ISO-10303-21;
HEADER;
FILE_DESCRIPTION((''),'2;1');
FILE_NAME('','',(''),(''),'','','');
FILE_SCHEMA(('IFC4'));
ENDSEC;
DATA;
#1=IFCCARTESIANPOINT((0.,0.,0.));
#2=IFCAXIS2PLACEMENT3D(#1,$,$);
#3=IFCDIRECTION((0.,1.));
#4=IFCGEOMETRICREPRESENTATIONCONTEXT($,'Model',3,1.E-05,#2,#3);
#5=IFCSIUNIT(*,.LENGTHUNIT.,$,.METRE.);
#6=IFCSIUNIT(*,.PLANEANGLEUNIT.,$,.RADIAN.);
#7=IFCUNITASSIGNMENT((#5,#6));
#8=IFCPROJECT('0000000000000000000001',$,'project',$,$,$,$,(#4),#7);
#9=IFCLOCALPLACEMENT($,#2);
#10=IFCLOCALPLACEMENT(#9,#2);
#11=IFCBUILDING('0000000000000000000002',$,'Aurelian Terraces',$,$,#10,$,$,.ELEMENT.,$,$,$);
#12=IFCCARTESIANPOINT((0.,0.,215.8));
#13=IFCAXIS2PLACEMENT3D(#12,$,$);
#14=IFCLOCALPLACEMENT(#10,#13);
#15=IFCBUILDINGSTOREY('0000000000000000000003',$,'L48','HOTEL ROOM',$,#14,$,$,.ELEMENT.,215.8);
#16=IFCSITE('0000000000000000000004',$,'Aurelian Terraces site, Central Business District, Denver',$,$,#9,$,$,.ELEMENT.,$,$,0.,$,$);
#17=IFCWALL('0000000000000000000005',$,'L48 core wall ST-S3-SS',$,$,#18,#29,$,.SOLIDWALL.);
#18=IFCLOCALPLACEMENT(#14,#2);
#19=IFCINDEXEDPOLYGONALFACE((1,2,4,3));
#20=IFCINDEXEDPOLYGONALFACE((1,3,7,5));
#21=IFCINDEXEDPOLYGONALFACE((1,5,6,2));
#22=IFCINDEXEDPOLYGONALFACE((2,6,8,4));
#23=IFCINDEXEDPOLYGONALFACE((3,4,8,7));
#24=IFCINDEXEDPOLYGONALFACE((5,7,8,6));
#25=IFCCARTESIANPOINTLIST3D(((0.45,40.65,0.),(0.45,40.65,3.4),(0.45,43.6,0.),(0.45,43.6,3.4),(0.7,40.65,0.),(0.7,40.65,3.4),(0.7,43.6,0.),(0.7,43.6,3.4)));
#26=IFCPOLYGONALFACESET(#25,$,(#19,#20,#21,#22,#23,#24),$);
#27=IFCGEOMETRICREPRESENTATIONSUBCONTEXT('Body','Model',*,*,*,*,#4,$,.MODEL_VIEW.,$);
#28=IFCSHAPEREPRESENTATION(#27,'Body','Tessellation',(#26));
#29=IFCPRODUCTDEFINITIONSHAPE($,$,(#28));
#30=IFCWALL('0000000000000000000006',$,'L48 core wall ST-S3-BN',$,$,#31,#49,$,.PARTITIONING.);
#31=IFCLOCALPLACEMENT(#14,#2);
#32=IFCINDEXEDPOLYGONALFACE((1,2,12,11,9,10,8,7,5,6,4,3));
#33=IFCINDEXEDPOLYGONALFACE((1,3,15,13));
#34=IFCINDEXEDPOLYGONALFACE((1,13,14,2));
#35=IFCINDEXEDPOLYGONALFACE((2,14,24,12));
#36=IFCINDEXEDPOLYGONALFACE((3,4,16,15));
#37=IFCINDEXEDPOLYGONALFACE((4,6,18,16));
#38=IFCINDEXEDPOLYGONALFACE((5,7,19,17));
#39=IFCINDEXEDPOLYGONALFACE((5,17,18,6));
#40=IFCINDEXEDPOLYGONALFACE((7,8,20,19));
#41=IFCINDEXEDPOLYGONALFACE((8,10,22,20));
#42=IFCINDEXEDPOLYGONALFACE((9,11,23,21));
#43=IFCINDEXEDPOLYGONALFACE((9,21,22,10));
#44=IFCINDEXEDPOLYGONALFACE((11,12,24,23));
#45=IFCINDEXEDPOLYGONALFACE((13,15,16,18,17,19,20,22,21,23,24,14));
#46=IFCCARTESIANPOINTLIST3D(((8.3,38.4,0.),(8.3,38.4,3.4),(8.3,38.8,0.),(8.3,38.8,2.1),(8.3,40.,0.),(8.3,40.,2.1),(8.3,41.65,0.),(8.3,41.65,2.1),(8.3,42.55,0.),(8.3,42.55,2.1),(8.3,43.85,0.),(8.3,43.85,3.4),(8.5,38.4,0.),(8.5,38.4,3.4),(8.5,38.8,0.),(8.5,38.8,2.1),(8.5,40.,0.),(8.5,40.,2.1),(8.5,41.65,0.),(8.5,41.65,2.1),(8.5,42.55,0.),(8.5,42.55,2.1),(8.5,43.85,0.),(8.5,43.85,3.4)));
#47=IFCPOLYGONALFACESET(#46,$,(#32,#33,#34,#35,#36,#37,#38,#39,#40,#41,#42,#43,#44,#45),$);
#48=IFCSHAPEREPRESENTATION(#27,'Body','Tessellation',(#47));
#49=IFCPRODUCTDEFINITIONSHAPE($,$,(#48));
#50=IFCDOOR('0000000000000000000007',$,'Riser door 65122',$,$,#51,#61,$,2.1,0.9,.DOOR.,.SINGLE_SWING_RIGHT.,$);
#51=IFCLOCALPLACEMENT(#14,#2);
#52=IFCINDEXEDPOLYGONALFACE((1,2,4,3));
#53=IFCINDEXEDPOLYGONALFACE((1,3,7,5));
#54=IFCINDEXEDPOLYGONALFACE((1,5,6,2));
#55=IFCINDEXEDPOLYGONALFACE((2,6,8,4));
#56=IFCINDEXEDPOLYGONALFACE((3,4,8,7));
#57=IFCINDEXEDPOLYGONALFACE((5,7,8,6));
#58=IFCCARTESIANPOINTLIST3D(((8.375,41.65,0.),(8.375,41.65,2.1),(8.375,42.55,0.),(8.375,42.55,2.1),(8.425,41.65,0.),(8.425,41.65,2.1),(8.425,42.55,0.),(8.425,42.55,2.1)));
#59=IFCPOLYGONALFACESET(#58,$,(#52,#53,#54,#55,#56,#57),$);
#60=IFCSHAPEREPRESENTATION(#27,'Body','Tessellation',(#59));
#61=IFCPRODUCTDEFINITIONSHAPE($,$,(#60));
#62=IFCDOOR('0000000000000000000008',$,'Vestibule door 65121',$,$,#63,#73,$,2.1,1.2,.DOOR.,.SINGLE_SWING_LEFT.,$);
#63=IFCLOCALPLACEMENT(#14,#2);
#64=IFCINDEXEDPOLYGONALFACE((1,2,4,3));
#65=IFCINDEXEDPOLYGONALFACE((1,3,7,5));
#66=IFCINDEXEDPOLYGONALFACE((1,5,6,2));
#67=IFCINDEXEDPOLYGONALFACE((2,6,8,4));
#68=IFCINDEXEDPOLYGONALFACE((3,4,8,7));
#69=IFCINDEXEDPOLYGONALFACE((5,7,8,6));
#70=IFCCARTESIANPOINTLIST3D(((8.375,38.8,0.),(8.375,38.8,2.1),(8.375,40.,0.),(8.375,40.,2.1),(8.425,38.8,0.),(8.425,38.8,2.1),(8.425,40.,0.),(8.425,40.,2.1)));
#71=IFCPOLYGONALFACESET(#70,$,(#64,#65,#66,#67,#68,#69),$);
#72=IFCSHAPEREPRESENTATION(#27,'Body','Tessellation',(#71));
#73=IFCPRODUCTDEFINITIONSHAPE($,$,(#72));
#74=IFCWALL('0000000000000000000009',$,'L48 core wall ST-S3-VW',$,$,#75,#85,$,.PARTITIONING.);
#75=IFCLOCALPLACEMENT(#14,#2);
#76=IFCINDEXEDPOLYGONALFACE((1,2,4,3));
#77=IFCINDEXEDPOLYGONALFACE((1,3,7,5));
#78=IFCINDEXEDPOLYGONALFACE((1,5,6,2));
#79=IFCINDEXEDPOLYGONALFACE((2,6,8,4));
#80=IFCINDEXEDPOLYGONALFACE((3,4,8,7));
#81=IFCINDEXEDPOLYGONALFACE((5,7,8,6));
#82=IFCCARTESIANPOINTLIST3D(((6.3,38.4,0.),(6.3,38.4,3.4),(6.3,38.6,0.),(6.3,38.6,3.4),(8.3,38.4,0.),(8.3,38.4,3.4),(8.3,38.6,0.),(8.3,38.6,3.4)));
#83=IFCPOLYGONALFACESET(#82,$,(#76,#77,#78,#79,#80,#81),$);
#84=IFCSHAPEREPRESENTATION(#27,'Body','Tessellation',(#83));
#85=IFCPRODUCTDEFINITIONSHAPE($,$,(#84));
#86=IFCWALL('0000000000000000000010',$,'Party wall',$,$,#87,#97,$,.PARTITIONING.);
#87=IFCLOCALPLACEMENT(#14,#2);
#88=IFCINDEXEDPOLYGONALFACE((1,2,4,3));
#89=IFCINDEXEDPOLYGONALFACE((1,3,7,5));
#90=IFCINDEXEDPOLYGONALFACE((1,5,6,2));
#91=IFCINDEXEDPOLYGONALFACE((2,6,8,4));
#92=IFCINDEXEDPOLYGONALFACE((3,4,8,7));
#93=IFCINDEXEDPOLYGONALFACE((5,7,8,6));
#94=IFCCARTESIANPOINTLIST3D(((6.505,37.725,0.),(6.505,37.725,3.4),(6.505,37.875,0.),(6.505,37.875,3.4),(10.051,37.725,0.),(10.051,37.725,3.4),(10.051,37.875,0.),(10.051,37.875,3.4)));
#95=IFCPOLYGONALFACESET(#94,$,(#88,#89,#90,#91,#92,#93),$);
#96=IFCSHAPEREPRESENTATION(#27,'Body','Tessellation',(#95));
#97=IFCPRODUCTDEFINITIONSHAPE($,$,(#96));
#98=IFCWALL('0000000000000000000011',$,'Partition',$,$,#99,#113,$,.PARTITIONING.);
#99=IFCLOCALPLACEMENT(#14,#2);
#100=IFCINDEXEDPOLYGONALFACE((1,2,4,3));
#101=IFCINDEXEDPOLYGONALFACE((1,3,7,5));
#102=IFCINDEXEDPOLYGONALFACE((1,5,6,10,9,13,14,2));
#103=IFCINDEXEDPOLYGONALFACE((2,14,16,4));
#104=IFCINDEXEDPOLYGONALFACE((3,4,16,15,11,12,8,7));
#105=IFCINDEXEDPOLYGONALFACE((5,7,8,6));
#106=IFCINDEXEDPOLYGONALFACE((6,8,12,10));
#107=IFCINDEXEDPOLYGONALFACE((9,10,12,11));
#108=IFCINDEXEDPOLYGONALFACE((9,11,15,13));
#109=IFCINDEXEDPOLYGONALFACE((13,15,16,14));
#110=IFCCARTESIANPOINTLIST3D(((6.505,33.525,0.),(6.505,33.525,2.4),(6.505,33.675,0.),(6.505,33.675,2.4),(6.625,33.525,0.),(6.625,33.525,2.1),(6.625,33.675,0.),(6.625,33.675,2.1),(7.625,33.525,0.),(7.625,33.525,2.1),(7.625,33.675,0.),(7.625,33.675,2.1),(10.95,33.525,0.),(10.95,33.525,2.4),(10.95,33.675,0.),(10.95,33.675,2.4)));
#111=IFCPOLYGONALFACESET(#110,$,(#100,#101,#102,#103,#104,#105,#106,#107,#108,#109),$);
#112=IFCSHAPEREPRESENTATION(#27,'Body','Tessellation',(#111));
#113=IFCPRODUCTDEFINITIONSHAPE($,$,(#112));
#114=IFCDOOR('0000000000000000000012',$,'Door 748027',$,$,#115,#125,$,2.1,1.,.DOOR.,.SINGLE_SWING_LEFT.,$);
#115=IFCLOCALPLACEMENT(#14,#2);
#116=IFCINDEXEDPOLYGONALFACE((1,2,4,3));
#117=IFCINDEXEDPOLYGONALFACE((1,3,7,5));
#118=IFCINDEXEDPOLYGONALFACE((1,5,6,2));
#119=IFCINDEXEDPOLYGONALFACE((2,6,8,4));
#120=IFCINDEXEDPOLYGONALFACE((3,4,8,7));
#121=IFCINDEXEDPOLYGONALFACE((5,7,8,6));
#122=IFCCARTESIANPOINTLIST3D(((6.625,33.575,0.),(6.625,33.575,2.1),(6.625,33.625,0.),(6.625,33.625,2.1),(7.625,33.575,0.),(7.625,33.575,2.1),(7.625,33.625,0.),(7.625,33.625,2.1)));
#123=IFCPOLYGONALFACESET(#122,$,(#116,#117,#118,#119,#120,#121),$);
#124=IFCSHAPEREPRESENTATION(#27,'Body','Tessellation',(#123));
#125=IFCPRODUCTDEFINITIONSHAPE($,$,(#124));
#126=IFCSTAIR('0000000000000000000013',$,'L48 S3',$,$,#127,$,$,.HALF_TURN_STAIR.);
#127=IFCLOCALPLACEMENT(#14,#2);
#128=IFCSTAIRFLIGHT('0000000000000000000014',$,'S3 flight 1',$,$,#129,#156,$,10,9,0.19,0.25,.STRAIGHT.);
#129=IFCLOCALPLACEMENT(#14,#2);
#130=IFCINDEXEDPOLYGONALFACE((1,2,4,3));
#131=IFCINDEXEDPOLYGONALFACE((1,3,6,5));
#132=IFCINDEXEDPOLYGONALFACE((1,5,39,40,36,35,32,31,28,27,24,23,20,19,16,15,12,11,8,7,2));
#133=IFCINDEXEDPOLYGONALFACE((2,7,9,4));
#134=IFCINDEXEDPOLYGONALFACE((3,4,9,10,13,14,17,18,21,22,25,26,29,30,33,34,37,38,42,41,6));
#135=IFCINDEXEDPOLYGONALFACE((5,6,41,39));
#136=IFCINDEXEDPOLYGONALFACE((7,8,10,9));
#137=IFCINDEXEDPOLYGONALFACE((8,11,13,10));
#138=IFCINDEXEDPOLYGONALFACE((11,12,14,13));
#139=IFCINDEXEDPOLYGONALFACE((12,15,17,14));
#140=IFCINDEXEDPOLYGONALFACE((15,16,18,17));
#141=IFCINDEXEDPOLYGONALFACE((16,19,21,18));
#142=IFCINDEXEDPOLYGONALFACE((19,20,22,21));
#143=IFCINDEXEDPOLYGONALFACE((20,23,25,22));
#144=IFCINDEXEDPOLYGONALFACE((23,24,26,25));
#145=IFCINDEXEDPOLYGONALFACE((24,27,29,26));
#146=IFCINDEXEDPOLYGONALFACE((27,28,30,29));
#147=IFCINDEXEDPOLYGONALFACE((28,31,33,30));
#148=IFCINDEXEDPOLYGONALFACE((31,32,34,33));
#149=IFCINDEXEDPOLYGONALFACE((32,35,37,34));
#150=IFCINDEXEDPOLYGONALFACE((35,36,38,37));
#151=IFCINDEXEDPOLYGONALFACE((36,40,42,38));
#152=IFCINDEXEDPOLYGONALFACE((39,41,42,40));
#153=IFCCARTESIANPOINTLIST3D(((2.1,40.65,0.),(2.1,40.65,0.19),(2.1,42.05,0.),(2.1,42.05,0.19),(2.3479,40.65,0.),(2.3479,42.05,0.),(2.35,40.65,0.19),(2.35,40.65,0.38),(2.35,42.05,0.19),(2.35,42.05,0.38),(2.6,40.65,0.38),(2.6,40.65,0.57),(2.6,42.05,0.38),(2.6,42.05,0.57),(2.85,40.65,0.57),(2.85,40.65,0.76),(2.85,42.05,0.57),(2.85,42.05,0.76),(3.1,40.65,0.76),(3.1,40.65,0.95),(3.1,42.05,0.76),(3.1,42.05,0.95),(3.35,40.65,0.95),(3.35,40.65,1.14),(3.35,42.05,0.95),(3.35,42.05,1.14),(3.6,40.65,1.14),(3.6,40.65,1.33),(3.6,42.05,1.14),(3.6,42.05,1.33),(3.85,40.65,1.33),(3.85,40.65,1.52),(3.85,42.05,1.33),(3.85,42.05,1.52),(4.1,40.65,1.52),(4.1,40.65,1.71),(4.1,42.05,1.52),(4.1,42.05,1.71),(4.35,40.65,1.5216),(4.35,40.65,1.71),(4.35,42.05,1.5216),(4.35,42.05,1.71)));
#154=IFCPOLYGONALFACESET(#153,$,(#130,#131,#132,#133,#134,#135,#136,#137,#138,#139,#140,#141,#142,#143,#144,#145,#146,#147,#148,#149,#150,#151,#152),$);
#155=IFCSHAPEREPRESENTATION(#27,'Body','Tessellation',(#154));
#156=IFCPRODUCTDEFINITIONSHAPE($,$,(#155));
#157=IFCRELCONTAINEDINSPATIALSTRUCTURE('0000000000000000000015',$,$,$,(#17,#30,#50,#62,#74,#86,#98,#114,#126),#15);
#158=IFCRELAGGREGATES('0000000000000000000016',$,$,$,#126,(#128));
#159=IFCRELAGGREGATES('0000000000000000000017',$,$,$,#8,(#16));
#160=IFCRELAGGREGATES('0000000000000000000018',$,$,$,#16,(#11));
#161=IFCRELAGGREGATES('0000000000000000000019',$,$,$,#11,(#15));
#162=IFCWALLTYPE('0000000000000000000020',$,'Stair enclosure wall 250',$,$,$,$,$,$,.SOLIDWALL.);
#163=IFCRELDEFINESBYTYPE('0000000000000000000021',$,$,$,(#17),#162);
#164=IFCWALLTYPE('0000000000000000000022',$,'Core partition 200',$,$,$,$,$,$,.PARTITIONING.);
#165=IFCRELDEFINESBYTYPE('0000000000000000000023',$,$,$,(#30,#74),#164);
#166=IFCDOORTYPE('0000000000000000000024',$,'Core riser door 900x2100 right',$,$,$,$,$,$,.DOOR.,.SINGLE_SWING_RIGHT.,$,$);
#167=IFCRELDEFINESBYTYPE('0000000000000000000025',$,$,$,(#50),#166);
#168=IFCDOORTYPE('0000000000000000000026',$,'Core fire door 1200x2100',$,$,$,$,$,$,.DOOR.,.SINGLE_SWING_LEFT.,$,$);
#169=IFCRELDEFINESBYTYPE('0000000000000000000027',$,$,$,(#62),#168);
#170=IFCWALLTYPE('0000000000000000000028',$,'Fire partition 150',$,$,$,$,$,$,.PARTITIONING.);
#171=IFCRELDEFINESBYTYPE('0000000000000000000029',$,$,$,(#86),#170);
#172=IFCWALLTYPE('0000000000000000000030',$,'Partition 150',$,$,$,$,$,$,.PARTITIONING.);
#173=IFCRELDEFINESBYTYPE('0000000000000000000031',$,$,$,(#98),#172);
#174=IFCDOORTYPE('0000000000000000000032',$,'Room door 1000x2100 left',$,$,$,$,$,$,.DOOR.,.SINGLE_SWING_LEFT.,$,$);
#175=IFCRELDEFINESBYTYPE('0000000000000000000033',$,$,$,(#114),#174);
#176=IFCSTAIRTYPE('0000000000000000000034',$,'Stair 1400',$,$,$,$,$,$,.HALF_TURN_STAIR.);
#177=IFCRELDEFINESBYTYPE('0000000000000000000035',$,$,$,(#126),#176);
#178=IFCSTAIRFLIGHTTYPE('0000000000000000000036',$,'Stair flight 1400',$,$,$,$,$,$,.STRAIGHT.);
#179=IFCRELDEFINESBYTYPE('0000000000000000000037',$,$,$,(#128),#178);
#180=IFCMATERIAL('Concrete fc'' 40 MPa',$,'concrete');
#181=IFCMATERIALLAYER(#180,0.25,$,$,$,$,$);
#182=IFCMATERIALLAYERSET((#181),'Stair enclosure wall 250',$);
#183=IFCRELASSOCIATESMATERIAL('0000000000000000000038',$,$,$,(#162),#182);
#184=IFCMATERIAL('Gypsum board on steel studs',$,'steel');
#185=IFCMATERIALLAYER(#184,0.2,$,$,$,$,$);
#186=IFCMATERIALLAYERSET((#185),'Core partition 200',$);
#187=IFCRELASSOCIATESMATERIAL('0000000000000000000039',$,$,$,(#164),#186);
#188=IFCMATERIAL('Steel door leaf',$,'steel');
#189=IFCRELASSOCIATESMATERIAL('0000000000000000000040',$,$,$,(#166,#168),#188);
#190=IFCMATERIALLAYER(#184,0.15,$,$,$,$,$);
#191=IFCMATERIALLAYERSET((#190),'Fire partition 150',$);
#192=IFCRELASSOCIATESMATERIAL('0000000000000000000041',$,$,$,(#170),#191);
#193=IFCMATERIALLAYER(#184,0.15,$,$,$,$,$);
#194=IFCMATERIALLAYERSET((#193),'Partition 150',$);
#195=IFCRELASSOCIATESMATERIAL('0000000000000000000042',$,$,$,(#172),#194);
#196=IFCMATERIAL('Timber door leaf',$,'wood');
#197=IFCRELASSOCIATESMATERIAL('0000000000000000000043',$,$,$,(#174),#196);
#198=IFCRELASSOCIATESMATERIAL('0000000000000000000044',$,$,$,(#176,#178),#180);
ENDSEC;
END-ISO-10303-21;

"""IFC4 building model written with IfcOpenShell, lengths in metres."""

from ifc_helpers import new_model, si_unit, direction, frame, frame_2d, origin, place, context, subcontext, project, spatial, polyline, rectangle, outline, extrude, source, transform, mapped, material, layer, layer_set, type_object, element, fill, aggregate, save


model = new_model("IFC4")

# Units and contexts
model_context = context("Model", 3, precision=1e-05, world=origin(), true_north=direction((0.0, 1.0)))
body_context = subcontext(model_context, "Body", "Model", "MODEL_VIEW")
ifc_project = project(units=[si_unit("LENGTHUNIT", "METRE"), si_unit("PLANEANGLEUNIT", "RADIAN")], contexts=[model_context])

# Site, building, storey
site_placement = place(None, origin())
site = spatial("IfcSite", under=ifc_project, at=site_placement, Name="Aurelian Terraces site, Central Business District, Denver", CompositionType="ELEMENT", RefElevation=0.0)
building_placement = place(site_placement, origin())
building = spatial("IfcBuilding", under=site, at=building_placement, Name="Aurelian Terraces", CompositionType="ELEMENT")
storey_placement = place(building_placement, frame((0.0, 0.0, 215.8)))
storey = spatial("IfcBuildingStorey", under=building, at=storey_placement, Name="L48", Description="HOTEL ROOM", CompositionType="ELEMENT", Elevation=215.8)

# Shared definitions
ifc_material_1 = material(Name="Concrete fc' 40 MPa", Category="concrete")

# Shared definitions
ifc_layer_1 = layer(ifc_material_1, 0.25)
ifc_layer_set_1 = layer_set([ifc_layer_1], Name="Stair enclosure wall 250")
wall_type_1 = type_object("IfcWallType", Name="Stair enclosure wall 250", PredefinedType="SOLIDWALL", material=ifc_layer_set_1)
ifc_material_2 = material(Name="Steel door leaf", Category="steel")

# Wall
shared_shape_1 = source(origin(), body_context, "Body", "SweptSolid", [
    extrude(rectangle(XDim=2.95, YDim=0.25, at=frame_2d((1.475, 0.0))), origin(), (0.0, 0.0, 1.0), 3.4),
])
wall_1_placement = place(storey_placement, frame((0.575, 40.65, 0.0), z_axis=(0.0, 0.0, 1.0), x_axis=(0.0, 1.0, 0.0)))
element("IfcWall", 1, at=wall_1_placement, inside=storey, type_object=wall_type_1, Name="L48 core wall ST-S3-SS", PredefinedType="SOLIDWALL", context=body_context, shape_type="MappedRepresentation", body=[
    mapped(shared_shape_1, transform((0.0, 0.0, 0.0), scale=1.0)),
])

# Wall, openings, doors
ifc_material_3 = material(Name="Gypsum board on steel studs", Category="steel")
ifc_layer_2 = layer(ifc_material_3, 0.2)
ifc_layer_set_2 = layer_set([ifc_layer_2], Name="Core partition 200")
wall_type_2 = type_object("IfcWallType", Name="Core partition 200", PredefinedType="PARTITIONING", material=ifc_layer_set_2)
shared_shape_2 = source(origin(), body_context, "Body", "SweptSolid", [
    extrude(rectangle(XDim=5.45, YDim=0.2, at=frame_2d((2.725, 0.0))), origin(), (0.0, 0.0, 1.0), 3.4),
])
wall_2_placement = place(storey_placement, frame((8.4, 38.4, 0.0), z_axis=(0.0, 0.0, 1.0), x_axis=(0.0, 1.0, 0.0)))
wall_2 = element("IfcWall", 2, at=wall_2_placement, inside=storey, type_object=wall_type_2, Name="L48 core wall ST-S3-BN", PredefinedType="PARTITIONING", context=body_context, shape_type="MappedRepresentation", body=[
    mapped(shared_shape_2, transform((0.0, 0.0, 0.0), scale=1.0)),
])
shared_shape_3 = source(origin(), body_context, "Body", "SweptSolid", [
    extrude(rectangle(XDim=1.2, YDim=2.1, at=frame_2d((0.6, 1.05))), frame((0.0, 0.11, 0.0), z_axis=(0.0, -1.0, 0.0), x_axis=(1.0, 0.0, 0.0)), (0.0, 0.0, 1.0), 0.22),
])
opening_1_placement = place(wall_2_placement, frame((0.4, 0.0, 0.0)))
opening_1 = element("IfcOpeningElement", 3, at=opening_1_placement, cuts=wall_2, PredefinedType="OPENING", context=body_context, shape_type="MappedRepresentation", body=[
    mapped(shared_shape_3, transform((0.0, 0.0, 0.0), scale=1.0)),
])
shared_shape_4 = source(origin(), body_context, "Body", "SweptSolid", [
    extrude(rectangle(XDim=0.9, YDim=2.1, at=frame_2d((0.45, 1.05))), frame((0.0, 0.11, 0.0), z_axis=(0.0, -1.0, 0.0), x_axis=(1.0, 0.0, 0.0)), (0.0, 0.0, 1.0), 0.22),
])
opening_2_placement = place(wall_2_placement, frame((3.25, 0.0, 0.0)))
opening_2 = element("IfcOpeningElement", 4, at=opening_2_placement, cuts=wall_2, PredefinedType="OPENING", context=body_context, shape_type="MappedRepresentation", body=[
    mapped(shared_shape_4, transform((0.0, 0.0, 0.0), scale=1.0)),
])
door_type_1 = type_object("IfcDoorType", Name="Core riser door 900x2100 right", OperationType="SINGLE_SWING_RIGHT", PredefinedType="DOOR", material=ifc_material_2)
shared_shape_5 = source(origin(), body_context, "Body", "SweptSolid", [
    extrude(rectangle(XDim=0.9, YDim=2.1, at=frame_2d((0.45, 1.05))), frame((0.0, 0.025, 0.0), z_axis=(0.0, -1.0, 0.0), x_axis=(1.0, 0.0, 0.0)), (0.0, 0.0, 1.0), 0.05),
])
door_1_placement = place(opening_2_placement, origin())
door_1 = element("IfcDoor", 5, at=door_1_placement, inside=storey, type_object=door_type_1, Name="Riser door 65122", OperationType="SINGLE_SWING_RIGHT", OverallHeight=2.1, OverallWidth=0.9, PredefinedType="DOOR", context=body_context, shape_type="MappedRepresentation", body=[
    mapped(shared_shape_5, transform((0.0, 0.0, 0.0), scale=1.0)),
])
fill(opening_2, door_1)
door_type_2 = type_object("IfcDoorType", Name="Core fire door 1200x2100", OperationType="SINGLE_SWING_LEFT", PredefinedType="DOOR", material=ifc_material_2)
shared_shape_6 = source(origin(), body_context, "Body", "SweptSolid", [
    extrude(rectangle(XDim=1.2, YDim=2.1, at=frame_2d((0.6, 1.05))), frame((0.0, 0.025, 0.0), z_axis=(0.0, -1.0, 0.0), x_axis=(1.0, 0.0, 0.0)), (0.0, 0.0, 1.0), 0.05),
])
door_2_placement = place(opening_1_placement, origin())
door_2 = element("IfcDoor", 6, at=door_2_placement, inside=storey, type_object=door_type_2, Name="Vestibule door 65121", OperationType="SINGLE_SWING_LEFT", OverallHeight=2.1, OverallWidth=1.2, PredefinedType="DOOR", context=body_context, shape_type="MappedRepresentation", body=[
    mapped(shared_shape_6, transform((0.0, 0.0, 0.0), scale=1.0)),
])
fill(opening_1, door_2)

# Walls
shared_shape_7 = source(origin(), body_context, "Body", "SweptSolid", [
    extrude(rectangle(XDim=2.0, YDim=0.2, at=frame_2d((1.0, 0.0))), origin(), (0.0, 0.0, 1.0), 3.4),
])
wall_3_placement = place(storey_placement, frame((6.3, 38.5, 0.0), z_axis=(0.0, 0.0, 1.0), x_axis=(1.0, 0.0, 0.0)))
element("IfcWall", 7, at=wall_3_placement, inside=storey, type_object=wall_type_2, Name="L48 core wall ST-S3-VW", PredefinedType="PARTITIONING", context=body_context, shape_type="MappedRepresentation", body=[
    mapped(shared_shape_7, transform((0.0, 0.0, 0.0), scale=1.0)),
])
ifc_layer_3 = layer(ifc_material_3, 0.15)
ifc_layer_set_3 = layer_set([ifc_layer_3], Name="Fire partition 150")
wall_type_3 = type_object("IfcWallType", Name="Fire partition 150", PredefinedType="PARTITIONING", material=ifc_layer_set_3)
shared_shape_8 = source(origin(), body_context, "Body", "SweptSolid", [
    extrude(rectangle(XDim=3.546, YDim=0.15, at=frame_2d((1.773, 0.0))), origin(), (0.0, 0.0, 1.0), 3.4),
])
wall_4_placement = place(storey_placement, frame((10.051, 37.8, 0.0), z_axis=(0.0, 0.0, 1.0), x_axis=(-1.0, 0.0, 0.0)))
element("IfcWall", 8, at=wall_4_placement, inside=storey, type_object=wall_type_3, Name="Party wall", PredefinedType="PARTITIONING", context=body_context, shape_type="MappedRepresentation", body=[
    mapped(shared_shape_8, transform((0.0, 0.0, 0.0), scale=1.0)),
])

# Wall, opening, door
ifc_layer_4 = layer(ifc_material_3, 0.15)
ifc_layer_set_4 = layer_set([ifc_layer_4], Name="Partition 150")
wall_type_4 = type_object("IfcWallType", Name="Partition 150", PredefinedType="PARTITIONING", material=ifc_layer_set_4)
shared_shape_9 = source(origin(), body_context, "Body", "SweptSolid", [
    extrude(rectangle(XDim=4.445, YDim=0.15, at=frame_2d((2.2225, 0.0))), origin(), (0.0, 0.0, 1.0), 2.4),
])
wall_5_placement = place(storey_placement, frame((10.95, 33.6, 0.0), z_axis=(0.0, 0.0, 1.0), x_axis=(-1.0, 0.0, 0.0)))
wall_5 = element("IfcWall", 9, at=wall_5_placement, inside=storey, type_object=wall_type_4, Name="Partition", PredefinedType="PARTITIONING", context=body_context, shape_type="MappedRepresentation", body=[
    mapped(shared_shape_9, transform((0.0, 0.0, 0.0), scale=1.0)),
])
shared_shape_10 = source(origin(), body_context, "Body", "SweptSolid", [
    extrude(rectangle(XDim=1.0, YDim=2.1, at=frame_2d((0.5, 1.05))), frame((0.0, 0.085, 0.0), z_axis=(0.0, -1.0, 0.0), x_axis=(1.0, 0.0, 0.0)), (0.0, 0.0, 1.0), 0.17),
])
opening_3_placement = place(wall_5_placement, frame((3.325, 0.0, 0.0)))
opening_3 = element("IfcOpeningElement", 10, at=opening_3_placement, cuts=wall_5, PredefinedType="OPENING", context=body_context, shape_type="MappedRepresentation", body=[
    mapped(shared_shape_10, transform((0.0, 0.0, 0.0), scale=1.0)),
])
ifc_material_4 = material(Name="Timber door leaf", Category="wood")
door_type_3 = type_object("IfcDoorType", Name="Room door 1000x2100 left", OperationType="SINGLE_SWING_LEFT", PredefinedType="DOOR", material=ifc_material_4)
shared_shape_11 = source(origin(), body_context, "Body", "SweptSolid", [
    extrude(rectangle(XDim=1.0, YDim=2.1, at=frame_2d((0.5, 1.05))), frame((0.0, 0.025, 0.0), z_axis=(0.0, -1.0, 0.0), x_axis=(1.0, 0.0, 0.0)), (0.0, 0.0, 1.0), 0.05),
])
door_3_placement = place(opening_3_placement, origin())
door_3 = element("IfcDoor", 11, at=door_3_placement, inside=storey, type_object=door_type_3, Name="Door 748027", OperationType="SINGLE_SWING_LEFT", OverallHeight=2.1, OverallWidth=1.0, PredefinedType="DOOR", context=body_context, shape_type="MappedRepresentation", body=[
    mapped(shared_shape_11, transform((0.0, 0.0, 0.0), scale=1.0)),
])
fill(opening_3, door_3)

# Stair, stair flight
stair_type = type_object("IfcStairType", Name="Stair 1400", PredefinedType="HALF_TURN_STAIR", material=ifc_material_1)
stair_placement = place(storey_placement, origin())
stair = element("IfcStair", 12, at=stair_placement, inside=storey, type_object=stair_type, Name="L48 S3", PredefinedType="HALF_TURN_STAIR")
stair_flight_type = type_object("IfcStairFlightType", Name="Stair flight 1400", PredefinedType="STRAIGHT", material=ifc_material_1)
shared_shape_12 = source(origin(), body_context, "Body", "SweptSolid", [
    extrude(outline(polyline([(0.0, 0.0), (0.0, 0.19), (0.25, 0.19), (0.25, 0.38), (0.5, 0.38), (0.5, 0.57), (0.75, 0.57), (0.75, 0.76), (1.0, 0.76), (1.0, 0.95), (1.25, 0.95), (1.25, 1.14), (1.5, 1.14), (1.5, 1.33), (1.75, 1.33), (1.75, 1.52), (2.0, 1.52), (2.0, 1.71), (2.25, 1.71), (2.25, 1.9), (2.25, 1.5216), (0.2479, 0.0), (0.0, 0.0)])), frame((0.0, 0.7, 0.0), z_axis=(0.0, -1.0, 0.0), x_axis=(1.0, 0.0, 0.0)), (0.0, 0.0, 1.0), 1.4),
])
stair_flight_placement = place(storey_placement, frame((2.1, 41.35, 0.0), z_axis=(0.0, 0.0, 1.0), x_axis=(1.0, 0.0, 0.0)))
stair_flight = element("IfcStairFlight", 13, at=stair_flight_placement, type_object=stair_flight_type, Name="S3 flight 1", NumberOfRisers=10, NumberOfTreads=9, PredefinedType="STRAIGHT", RiserHeight=0.19, TreadLength=0.25, context=body_context, shape_type="MappedRepresentation", body=[
    mapped(shared_shape_12, transform((0.0, 0.0, 0.0), scale=1.0)),
])
aggregate(stair, [stair_flight])

save(model, "model.ifc")
